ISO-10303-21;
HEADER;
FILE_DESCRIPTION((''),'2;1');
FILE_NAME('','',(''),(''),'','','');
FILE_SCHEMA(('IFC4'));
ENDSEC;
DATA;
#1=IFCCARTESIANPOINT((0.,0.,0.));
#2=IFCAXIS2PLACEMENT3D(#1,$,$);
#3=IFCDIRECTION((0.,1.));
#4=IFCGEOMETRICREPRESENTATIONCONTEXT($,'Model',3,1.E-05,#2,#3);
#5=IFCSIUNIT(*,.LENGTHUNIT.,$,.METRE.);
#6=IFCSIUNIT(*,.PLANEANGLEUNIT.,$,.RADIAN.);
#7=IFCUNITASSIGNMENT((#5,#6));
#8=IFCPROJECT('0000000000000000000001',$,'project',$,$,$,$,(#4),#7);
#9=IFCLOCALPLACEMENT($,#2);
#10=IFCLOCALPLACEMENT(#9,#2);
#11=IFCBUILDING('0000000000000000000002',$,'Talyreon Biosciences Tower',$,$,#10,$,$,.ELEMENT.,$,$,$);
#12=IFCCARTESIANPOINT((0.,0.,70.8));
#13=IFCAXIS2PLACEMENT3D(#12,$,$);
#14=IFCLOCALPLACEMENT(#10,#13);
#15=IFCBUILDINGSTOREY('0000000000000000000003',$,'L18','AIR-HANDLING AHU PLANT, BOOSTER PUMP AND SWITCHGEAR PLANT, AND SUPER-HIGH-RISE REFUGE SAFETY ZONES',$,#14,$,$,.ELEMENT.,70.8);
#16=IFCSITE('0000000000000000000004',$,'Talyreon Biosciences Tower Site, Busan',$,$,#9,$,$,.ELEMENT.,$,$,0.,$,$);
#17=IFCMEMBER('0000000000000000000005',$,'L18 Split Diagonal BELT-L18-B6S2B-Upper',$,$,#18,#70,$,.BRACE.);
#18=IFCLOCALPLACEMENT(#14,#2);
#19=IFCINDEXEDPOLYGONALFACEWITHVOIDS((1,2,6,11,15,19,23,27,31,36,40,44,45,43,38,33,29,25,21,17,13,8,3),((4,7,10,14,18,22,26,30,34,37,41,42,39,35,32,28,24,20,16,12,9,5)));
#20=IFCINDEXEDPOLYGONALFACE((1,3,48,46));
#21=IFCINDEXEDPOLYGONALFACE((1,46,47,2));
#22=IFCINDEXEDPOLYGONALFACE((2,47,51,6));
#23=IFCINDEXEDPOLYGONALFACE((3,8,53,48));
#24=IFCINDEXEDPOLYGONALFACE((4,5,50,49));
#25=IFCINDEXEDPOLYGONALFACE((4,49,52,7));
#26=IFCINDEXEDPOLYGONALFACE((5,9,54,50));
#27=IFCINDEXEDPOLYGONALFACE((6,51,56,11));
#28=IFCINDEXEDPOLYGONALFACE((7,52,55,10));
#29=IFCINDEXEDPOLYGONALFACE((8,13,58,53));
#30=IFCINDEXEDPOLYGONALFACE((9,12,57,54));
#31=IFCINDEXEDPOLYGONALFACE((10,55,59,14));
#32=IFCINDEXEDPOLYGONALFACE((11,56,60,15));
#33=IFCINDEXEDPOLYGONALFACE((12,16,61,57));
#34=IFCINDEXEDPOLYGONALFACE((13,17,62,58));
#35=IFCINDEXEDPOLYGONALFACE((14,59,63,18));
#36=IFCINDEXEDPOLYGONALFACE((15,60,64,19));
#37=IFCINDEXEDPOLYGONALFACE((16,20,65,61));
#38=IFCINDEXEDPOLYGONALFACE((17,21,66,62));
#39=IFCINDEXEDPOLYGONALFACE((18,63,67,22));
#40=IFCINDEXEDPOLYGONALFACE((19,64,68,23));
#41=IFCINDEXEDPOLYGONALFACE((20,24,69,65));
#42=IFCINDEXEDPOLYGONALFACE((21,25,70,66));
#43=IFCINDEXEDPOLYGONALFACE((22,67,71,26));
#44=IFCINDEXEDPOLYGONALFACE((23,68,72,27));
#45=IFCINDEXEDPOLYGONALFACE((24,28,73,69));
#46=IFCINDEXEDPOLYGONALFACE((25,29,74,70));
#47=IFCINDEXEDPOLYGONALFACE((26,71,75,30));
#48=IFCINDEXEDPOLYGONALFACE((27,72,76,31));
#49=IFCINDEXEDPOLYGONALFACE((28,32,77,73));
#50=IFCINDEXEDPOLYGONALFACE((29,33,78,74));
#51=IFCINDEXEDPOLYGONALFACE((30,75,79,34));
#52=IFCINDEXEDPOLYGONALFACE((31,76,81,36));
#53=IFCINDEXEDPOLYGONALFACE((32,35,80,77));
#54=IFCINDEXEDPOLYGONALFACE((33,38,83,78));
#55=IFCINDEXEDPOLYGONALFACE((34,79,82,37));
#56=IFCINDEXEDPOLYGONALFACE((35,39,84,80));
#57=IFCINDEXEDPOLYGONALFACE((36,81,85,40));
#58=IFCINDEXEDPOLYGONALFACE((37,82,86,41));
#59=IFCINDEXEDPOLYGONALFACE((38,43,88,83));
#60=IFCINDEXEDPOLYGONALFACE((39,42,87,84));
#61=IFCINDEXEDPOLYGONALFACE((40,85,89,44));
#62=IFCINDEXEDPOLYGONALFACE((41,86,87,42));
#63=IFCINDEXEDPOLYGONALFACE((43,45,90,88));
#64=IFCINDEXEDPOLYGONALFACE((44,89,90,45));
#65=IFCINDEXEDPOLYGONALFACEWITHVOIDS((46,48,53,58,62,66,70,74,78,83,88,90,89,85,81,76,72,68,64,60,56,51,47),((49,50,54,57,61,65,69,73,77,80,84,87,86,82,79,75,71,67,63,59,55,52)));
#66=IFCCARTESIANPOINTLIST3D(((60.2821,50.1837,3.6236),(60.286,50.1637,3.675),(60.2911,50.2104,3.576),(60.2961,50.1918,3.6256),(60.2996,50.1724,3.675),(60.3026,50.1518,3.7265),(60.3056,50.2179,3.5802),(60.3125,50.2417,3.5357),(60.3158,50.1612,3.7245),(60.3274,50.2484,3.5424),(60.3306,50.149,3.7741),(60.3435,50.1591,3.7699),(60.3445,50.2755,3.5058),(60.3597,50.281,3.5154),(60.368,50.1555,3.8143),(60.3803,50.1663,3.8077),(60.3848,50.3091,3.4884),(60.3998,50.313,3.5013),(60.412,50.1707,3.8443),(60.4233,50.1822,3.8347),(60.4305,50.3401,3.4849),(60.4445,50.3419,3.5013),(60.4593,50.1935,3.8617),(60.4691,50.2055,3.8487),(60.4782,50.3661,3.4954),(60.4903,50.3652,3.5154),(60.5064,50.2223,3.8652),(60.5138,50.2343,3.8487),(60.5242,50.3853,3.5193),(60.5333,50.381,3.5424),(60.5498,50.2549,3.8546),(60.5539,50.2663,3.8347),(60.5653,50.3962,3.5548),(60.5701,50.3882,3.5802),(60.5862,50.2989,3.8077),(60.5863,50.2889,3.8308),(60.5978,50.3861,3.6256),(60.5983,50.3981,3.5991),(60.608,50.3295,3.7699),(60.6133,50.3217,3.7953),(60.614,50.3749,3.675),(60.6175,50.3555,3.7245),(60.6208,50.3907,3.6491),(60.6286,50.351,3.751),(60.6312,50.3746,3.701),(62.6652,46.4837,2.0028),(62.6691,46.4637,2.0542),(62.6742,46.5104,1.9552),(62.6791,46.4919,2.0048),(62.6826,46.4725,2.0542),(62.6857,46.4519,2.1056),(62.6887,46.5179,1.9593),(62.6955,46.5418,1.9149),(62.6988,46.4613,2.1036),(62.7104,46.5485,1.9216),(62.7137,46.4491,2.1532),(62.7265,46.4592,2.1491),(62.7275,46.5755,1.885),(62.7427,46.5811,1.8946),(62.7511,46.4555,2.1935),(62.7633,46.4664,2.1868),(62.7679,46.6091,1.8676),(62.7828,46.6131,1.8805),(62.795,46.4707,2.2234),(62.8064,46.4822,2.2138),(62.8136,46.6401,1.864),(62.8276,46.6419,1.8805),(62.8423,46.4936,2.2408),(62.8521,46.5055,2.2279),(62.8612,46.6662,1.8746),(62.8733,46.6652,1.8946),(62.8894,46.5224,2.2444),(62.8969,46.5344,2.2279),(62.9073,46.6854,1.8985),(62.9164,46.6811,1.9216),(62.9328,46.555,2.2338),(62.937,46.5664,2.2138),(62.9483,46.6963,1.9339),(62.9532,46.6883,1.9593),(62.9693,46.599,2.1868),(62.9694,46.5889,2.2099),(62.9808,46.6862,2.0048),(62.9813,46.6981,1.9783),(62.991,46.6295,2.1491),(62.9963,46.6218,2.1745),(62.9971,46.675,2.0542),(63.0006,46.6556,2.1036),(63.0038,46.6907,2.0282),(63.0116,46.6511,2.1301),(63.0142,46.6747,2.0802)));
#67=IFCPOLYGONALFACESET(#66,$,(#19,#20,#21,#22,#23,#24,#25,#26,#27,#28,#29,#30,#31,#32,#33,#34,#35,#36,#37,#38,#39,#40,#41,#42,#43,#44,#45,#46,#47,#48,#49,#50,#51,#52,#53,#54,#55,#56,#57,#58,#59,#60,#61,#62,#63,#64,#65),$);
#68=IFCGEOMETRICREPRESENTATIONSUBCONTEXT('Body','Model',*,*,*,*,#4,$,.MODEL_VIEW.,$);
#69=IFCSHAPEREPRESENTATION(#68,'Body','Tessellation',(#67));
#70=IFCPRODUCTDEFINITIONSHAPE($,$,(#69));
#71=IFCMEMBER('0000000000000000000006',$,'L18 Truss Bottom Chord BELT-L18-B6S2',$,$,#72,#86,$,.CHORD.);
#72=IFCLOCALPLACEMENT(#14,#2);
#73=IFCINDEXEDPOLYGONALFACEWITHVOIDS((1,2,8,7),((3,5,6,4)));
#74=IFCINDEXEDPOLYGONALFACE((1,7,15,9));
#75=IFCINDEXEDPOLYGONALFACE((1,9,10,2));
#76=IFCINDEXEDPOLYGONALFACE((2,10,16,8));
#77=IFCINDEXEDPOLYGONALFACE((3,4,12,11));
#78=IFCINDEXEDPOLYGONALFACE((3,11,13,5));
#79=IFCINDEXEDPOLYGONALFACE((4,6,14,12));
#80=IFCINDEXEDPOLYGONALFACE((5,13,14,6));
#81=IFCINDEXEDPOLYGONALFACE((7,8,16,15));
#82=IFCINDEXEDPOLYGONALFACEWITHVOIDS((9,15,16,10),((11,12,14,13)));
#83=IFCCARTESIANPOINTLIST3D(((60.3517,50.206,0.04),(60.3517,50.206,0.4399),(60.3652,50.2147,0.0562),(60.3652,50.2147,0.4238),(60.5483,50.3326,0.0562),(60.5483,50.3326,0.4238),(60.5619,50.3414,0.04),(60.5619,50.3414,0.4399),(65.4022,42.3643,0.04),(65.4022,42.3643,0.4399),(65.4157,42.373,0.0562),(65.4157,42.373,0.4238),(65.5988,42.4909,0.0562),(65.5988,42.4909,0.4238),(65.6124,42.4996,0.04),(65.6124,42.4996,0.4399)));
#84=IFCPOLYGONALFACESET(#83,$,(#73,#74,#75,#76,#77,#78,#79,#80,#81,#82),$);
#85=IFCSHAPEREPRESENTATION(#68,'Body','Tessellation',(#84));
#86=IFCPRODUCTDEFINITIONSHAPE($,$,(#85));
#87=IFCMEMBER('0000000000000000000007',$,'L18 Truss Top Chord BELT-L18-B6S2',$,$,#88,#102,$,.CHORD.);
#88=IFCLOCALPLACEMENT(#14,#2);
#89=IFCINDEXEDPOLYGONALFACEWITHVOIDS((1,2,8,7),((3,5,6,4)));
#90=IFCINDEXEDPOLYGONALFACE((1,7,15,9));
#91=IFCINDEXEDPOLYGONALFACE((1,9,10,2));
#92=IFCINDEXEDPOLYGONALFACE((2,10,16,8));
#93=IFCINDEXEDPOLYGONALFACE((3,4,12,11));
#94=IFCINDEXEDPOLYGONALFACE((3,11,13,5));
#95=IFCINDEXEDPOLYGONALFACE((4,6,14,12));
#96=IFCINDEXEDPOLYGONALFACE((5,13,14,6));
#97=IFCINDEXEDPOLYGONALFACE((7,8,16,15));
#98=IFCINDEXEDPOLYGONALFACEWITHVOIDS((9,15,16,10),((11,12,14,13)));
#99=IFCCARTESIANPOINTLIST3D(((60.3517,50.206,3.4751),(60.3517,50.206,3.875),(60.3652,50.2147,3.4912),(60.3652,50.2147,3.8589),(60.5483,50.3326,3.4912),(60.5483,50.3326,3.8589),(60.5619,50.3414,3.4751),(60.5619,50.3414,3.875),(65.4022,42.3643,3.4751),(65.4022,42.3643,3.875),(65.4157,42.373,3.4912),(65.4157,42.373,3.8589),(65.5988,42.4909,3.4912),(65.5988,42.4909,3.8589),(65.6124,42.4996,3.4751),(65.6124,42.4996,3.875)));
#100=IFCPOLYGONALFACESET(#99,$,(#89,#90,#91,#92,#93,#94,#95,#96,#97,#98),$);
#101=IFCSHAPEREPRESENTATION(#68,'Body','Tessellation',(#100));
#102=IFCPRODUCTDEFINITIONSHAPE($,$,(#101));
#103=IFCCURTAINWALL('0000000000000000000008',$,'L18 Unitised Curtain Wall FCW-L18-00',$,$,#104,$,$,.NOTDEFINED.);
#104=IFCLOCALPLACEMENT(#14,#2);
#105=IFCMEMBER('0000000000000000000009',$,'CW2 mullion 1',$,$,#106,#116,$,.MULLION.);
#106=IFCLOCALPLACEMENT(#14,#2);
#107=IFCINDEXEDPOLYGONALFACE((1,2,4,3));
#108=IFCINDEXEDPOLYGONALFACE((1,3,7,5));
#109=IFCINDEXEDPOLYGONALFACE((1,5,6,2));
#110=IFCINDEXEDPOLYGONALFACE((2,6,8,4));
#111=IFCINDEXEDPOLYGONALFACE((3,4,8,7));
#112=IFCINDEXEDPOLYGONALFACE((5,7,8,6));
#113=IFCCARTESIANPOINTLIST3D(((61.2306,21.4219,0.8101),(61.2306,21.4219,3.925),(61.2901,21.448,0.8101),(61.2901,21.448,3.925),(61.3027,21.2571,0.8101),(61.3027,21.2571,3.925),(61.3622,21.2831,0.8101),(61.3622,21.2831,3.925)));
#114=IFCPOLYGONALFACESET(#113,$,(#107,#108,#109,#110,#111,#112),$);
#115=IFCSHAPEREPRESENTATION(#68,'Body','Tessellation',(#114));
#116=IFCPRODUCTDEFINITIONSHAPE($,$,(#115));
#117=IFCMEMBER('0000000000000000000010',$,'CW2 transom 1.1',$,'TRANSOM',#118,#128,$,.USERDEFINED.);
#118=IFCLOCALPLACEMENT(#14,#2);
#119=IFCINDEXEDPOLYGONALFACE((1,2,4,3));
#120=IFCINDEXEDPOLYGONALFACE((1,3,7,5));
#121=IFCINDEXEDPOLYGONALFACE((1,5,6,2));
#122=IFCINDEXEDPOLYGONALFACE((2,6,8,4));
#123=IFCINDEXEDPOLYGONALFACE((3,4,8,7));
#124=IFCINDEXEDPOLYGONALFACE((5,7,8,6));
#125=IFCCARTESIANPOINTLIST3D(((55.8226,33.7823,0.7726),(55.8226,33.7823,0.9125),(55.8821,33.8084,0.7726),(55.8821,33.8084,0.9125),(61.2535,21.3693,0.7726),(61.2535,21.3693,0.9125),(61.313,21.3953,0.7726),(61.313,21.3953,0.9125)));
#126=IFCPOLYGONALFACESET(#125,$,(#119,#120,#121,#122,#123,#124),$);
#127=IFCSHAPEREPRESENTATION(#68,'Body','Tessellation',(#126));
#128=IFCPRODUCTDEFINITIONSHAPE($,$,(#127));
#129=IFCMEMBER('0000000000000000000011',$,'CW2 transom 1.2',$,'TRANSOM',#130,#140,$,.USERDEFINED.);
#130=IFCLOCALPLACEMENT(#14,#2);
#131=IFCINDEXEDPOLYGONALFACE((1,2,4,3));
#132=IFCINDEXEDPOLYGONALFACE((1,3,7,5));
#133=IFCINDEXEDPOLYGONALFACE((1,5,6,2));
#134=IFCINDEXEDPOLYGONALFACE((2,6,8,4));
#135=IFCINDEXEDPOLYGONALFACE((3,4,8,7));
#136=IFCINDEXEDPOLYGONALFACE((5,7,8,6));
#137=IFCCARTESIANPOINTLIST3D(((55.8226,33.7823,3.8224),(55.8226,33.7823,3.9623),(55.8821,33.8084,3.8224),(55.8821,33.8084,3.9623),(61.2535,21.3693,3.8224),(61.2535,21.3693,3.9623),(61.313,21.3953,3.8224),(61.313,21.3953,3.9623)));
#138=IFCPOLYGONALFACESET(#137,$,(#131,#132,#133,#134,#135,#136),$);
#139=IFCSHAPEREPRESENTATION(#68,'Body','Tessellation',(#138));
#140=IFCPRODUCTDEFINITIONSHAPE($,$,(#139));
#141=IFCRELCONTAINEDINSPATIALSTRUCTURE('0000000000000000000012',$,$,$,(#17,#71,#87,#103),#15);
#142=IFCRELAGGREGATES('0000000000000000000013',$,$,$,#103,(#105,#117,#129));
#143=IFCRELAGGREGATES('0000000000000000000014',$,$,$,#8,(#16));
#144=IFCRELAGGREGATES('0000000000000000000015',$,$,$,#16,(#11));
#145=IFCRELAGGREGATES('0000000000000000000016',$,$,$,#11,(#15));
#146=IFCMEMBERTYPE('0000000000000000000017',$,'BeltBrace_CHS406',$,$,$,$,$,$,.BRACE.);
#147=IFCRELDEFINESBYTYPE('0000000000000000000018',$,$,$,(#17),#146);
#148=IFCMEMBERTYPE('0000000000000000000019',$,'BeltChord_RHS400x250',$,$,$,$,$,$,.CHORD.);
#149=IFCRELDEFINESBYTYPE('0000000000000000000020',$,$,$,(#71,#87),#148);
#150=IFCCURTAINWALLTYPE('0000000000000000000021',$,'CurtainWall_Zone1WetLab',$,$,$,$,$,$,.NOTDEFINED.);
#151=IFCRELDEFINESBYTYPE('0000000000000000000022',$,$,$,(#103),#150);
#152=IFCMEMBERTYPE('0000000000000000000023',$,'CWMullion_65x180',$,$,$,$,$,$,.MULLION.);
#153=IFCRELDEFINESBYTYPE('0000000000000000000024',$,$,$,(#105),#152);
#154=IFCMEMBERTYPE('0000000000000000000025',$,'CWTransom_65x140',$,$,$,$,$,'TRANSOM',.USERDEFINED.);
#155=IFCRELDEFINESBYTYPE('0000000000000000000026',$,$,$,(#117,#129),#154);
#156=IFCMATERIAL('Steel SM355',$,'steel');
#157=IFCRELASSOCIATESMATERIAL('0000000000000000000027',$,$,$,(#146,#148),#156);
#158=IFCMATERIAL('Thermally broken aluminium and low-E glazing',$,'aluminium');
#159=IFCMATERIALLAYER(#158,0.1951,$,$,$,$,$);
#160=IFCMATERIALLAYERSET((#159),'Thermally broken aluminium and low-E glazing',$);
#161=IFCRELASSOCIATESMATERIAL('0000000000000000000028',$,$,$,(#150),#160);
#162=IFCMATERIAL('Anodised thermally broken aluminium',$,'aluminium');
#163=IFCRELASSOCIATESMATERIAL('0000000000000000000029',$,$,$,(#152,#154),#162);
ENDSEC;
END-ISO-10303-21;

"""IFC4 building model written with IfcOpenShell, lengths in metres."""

from ifc_helpers import new_model, si_unit, direction, frame, origin, origin_2d, place, context, subcontext, project, spatial, rectangle, hollow_rectangle, hollow_circle, extrude, material, layer, layer_set, material_profile, profile_set, type_object, element, aggregate, save


model = new_model("IFC4")

# Units and contexts
model_context = context("Model", 3, precision=1e-05, world=origin(), true_north=direction((0.0, 1.0)))
body_context = subcontext(model_context, "Body", "Model", "MODEL_VIEW")
ifc_project = project(units=[si_unit("LENGTHUNIT", "METRE"), si_unit("PLANEANGLEUNIT", "RADIAN")], contexts=[model_context])

# Site, building, storey
site_placement = place(None, origin())
site = spatial("IfcSite", under=ifc_project, at=site_placement, Name="Talyreon Biosciences Tower Site, Busan", CompositionType="ELEMENT", RefElevation=0.0)
building_placement = place(site_placement, origin())
building = spatial("IfcBuilding", under=site, at=building_placement, Name="Talyreon Biosciences Tower", CompositionType="ELEMENT")
storey_placement = place(building_placement, frame((0.0, 0.0, 70.8)))
storey = spatial("IfcBuildingStorey", under=building, at=storey_placement, Name="L18", Description="AIR-HANDLING AHU PLANT, BOOSTER PUMP AND SWITCHGEAR PLANT, AND SUPER-HIGH-RISE REFUGE SAFETY ZONES", CompositionType="ELEMENT", Elevation=70.8)

# Members
ifc_material_1 = material(Name="Steel SM355", Category="steel")
ifc_material_profile_1 = material_profile(ifc_material_1, hollow_circle(Radius=0.2031, WallThickness=0.0161, at=origin_2d()), Name="CHS 406.4x16")
ifc_profile_set_1 = profile_set([ifc_material_profile_1], Name="Steel SM355")
member_type_1 = type_object("IfcMemberType", Name="BeltBrace_CHS406", PredefinedType="BRACE", material=ifc_profile_set_1)
for number, where, z_axis, x_axis, name in (
    (1, (62.8398, 46.5737, 2.0542), (-0.508118, 0.788908, 0.3456), (-0.840711, -0.541484, 0.0), "L18 Split Diagonal BELT-L18-B6S2B-Upper"),
):
    element("IfcMember", number, at=place(storey_placement, frame(where, z_axis=z_axis, x_axis=x_axis)), inside=storey, type_object=member_type_1, Name=name, PredefinedType="BRACE", context=body_context, shape_type="SweptSolid", body=[
        extrude(hollow_circle(Radius=0.2031, WallThickness=0.0161, at=origin_2d()), origin(), (0.0, 0.0, 1.0), 4.6899),
    ])
ifc_material_profile_2 = material_profile(ifc_material_1, hollow_rectangle(XDim=0.25, YDim=0.3999, WallThickness=0.0161, at=origin_2d()), Name="RHS 400x250x16")
ifc_profile_set_2 = profile_set([ifc_material_profile_2], Name="Steel SM355")
member_type_2 = type_object("IfcMemberType", Name="BeltChord_RHS400x250", PredefinedType="CHORD", material=ifc_profile_set_2)
for number, where, z_axis, x_axis, name in (
    (2, (60.4568, 50.2737, 0.24), (0.541469, -0.840721, 0.0), (0.840721, 0.541469, 0.0), "L18 Truss Bottom Chord BELT-L18-B6S2"),
    (3, (60.4568, 50.2737, 3.675), (0.541469, -0.840721, 0.0), (0.840721, 0.541469, 0.0), "L18 Truss Top Chord BELT-L18-B6S2"),
):
    element("IfcMember", number, at=place(storey_placement, frame(where, z_axis=z_axis, x_axis=x_axis)), inside=storey, type_object=member_type_2, Name=name, PredefinedType="CHORD", context=body_context, shape_type="SweptSolid", body=[
        extrude(hollow_rectangle(XDim=0.25, YDim=0.3999, WallThickness=0.0161, at=origin_2d()), origin(), (0.0, 0.0, 1.0), 9.3274),
    ])

# Curtain wall, members
ifc_material_2 = material(Name="Thermally broken aluminium and low-E glazing", Category="aluminium")
ifc_layer_1 = layer(ifc_material_2, 0.1951)
ifc_layer_set_1 = layer_set([ifc_layer_1], Name="Thermally broken aluminium and low-E glazing")
curtain_wall_type = type_object("IfcCurtainWallType", Name="CurtainWall_Zone1WetLab", PredefinedType="NOTDEFINED", material=ifc_layer_set_1)
curtain_wall_placement = place(storey_placement, origin())
curtain_wall = element("IfcCurtainWall", 4, at=curtain_wall_placement, inside=storey, type_object=curtain_wall_type, Name="L18 Unitised Curtain Wall FCW-L18-00", PredefinedType="NOTDEFINED")
ifc_material_3 = material(Name="Anodised thermally broken aluminium", Category="aluminium")
ifc_material_profile_3 = material_profile(ifc_material_3, rectangle(XDim=0.0649, YDim=0.1799, at=origin_2d()), Name="ALUM MULLION 65x180")
ifc_profile_set_3 = profile_set([ifc_material_profile_3], Name="Anodised thermally broken aluminium")
member_type_3 = type_object("IfcMemberType", Name="CWMullion_65x180", PredefinedType="MULLION", material=ifc_profile_set_3)
member_1_placement = place(storey_placement, frame((61.2964, 21.3525, 0.8101), z_axis=(0.0, 0.0, 1.0), x_axis=(-0.916152, -0.400831, 0.0)))
member_1 = element("IfcMember", 5, at=member_1_placement, type_object=member_type_3, Name="CW2 mullion 1", PredefinedType="MULLION", context=body_context, shape_type="SweptSolid", body=[
    extrude(rectangle(XDim=0.0649, YDim=0.1799, at=origin_2d()), origin(), (0.0, 0.0, 1.0), 3.115),
])
ifc_material_profile_4 = material_profile(ifc_material_3, rectangle(XDim=0.0649, YDim=0.1399, at=origin_2d()), Name="ALUM TRANSOM 65x140")
ifc_profile_set_4 = profile_set([ifc_material_profile_4], Name="Anodised thermally broken aluminium")
member_type_4 = type_object("IfcMemberType", Name="CWTransom_65x140", ElementType="TRANSOM", PredefinedType="USERDEFINED", material=ifc_profile_set_4)
member_2_placement = place(storey_placement, frame((61.2832, 21.3823, 0.8425), z_axis=(-0.40083, 0.916152, 0.0), x_axis=(-0.916152, -0.40083, 0.0)))
member_2 = element("IfcMember", 6, at=member_2_placement, type_object=member_type_4, Name="CW2 transom 1.1", ObjectType="TRANSOM", PredefinedType="USERDEFINED", context=body_context, shape_type="SweptSolid", body=[
    extrude(rectangle(XDim=0.0649, YDim=0.1399, at=origin_2d()), origin(), (0.0, 0.0, 1.0), 13.5491),
])
member_3_placement = place(storey_placement, frame((61.2832, 21.3823, 3.8923), z_axis=(-0.40083, 0.916152, 0.0), x_axis=(-0.916152, -0.40083, 0.0)))
member_3 = element("IfcMember", 7, at=member_3_placement, type_object=member_type_4, Name="CW2 transom 1.2", ObjectType="TRANSOM", PredefinedType="USERDEFINED", context=body_context, shape_type="SweptSolid", body=[
    extrude(rectangle(XDim=0.0649, YDim=0.1399, at=origin_2d()), origin(), (0.0, 0.0, 1.0), 13.5491),
])

aggregate(curtain_wall, [member_1, member_2, member_3])

save(model, "model.ifc")
